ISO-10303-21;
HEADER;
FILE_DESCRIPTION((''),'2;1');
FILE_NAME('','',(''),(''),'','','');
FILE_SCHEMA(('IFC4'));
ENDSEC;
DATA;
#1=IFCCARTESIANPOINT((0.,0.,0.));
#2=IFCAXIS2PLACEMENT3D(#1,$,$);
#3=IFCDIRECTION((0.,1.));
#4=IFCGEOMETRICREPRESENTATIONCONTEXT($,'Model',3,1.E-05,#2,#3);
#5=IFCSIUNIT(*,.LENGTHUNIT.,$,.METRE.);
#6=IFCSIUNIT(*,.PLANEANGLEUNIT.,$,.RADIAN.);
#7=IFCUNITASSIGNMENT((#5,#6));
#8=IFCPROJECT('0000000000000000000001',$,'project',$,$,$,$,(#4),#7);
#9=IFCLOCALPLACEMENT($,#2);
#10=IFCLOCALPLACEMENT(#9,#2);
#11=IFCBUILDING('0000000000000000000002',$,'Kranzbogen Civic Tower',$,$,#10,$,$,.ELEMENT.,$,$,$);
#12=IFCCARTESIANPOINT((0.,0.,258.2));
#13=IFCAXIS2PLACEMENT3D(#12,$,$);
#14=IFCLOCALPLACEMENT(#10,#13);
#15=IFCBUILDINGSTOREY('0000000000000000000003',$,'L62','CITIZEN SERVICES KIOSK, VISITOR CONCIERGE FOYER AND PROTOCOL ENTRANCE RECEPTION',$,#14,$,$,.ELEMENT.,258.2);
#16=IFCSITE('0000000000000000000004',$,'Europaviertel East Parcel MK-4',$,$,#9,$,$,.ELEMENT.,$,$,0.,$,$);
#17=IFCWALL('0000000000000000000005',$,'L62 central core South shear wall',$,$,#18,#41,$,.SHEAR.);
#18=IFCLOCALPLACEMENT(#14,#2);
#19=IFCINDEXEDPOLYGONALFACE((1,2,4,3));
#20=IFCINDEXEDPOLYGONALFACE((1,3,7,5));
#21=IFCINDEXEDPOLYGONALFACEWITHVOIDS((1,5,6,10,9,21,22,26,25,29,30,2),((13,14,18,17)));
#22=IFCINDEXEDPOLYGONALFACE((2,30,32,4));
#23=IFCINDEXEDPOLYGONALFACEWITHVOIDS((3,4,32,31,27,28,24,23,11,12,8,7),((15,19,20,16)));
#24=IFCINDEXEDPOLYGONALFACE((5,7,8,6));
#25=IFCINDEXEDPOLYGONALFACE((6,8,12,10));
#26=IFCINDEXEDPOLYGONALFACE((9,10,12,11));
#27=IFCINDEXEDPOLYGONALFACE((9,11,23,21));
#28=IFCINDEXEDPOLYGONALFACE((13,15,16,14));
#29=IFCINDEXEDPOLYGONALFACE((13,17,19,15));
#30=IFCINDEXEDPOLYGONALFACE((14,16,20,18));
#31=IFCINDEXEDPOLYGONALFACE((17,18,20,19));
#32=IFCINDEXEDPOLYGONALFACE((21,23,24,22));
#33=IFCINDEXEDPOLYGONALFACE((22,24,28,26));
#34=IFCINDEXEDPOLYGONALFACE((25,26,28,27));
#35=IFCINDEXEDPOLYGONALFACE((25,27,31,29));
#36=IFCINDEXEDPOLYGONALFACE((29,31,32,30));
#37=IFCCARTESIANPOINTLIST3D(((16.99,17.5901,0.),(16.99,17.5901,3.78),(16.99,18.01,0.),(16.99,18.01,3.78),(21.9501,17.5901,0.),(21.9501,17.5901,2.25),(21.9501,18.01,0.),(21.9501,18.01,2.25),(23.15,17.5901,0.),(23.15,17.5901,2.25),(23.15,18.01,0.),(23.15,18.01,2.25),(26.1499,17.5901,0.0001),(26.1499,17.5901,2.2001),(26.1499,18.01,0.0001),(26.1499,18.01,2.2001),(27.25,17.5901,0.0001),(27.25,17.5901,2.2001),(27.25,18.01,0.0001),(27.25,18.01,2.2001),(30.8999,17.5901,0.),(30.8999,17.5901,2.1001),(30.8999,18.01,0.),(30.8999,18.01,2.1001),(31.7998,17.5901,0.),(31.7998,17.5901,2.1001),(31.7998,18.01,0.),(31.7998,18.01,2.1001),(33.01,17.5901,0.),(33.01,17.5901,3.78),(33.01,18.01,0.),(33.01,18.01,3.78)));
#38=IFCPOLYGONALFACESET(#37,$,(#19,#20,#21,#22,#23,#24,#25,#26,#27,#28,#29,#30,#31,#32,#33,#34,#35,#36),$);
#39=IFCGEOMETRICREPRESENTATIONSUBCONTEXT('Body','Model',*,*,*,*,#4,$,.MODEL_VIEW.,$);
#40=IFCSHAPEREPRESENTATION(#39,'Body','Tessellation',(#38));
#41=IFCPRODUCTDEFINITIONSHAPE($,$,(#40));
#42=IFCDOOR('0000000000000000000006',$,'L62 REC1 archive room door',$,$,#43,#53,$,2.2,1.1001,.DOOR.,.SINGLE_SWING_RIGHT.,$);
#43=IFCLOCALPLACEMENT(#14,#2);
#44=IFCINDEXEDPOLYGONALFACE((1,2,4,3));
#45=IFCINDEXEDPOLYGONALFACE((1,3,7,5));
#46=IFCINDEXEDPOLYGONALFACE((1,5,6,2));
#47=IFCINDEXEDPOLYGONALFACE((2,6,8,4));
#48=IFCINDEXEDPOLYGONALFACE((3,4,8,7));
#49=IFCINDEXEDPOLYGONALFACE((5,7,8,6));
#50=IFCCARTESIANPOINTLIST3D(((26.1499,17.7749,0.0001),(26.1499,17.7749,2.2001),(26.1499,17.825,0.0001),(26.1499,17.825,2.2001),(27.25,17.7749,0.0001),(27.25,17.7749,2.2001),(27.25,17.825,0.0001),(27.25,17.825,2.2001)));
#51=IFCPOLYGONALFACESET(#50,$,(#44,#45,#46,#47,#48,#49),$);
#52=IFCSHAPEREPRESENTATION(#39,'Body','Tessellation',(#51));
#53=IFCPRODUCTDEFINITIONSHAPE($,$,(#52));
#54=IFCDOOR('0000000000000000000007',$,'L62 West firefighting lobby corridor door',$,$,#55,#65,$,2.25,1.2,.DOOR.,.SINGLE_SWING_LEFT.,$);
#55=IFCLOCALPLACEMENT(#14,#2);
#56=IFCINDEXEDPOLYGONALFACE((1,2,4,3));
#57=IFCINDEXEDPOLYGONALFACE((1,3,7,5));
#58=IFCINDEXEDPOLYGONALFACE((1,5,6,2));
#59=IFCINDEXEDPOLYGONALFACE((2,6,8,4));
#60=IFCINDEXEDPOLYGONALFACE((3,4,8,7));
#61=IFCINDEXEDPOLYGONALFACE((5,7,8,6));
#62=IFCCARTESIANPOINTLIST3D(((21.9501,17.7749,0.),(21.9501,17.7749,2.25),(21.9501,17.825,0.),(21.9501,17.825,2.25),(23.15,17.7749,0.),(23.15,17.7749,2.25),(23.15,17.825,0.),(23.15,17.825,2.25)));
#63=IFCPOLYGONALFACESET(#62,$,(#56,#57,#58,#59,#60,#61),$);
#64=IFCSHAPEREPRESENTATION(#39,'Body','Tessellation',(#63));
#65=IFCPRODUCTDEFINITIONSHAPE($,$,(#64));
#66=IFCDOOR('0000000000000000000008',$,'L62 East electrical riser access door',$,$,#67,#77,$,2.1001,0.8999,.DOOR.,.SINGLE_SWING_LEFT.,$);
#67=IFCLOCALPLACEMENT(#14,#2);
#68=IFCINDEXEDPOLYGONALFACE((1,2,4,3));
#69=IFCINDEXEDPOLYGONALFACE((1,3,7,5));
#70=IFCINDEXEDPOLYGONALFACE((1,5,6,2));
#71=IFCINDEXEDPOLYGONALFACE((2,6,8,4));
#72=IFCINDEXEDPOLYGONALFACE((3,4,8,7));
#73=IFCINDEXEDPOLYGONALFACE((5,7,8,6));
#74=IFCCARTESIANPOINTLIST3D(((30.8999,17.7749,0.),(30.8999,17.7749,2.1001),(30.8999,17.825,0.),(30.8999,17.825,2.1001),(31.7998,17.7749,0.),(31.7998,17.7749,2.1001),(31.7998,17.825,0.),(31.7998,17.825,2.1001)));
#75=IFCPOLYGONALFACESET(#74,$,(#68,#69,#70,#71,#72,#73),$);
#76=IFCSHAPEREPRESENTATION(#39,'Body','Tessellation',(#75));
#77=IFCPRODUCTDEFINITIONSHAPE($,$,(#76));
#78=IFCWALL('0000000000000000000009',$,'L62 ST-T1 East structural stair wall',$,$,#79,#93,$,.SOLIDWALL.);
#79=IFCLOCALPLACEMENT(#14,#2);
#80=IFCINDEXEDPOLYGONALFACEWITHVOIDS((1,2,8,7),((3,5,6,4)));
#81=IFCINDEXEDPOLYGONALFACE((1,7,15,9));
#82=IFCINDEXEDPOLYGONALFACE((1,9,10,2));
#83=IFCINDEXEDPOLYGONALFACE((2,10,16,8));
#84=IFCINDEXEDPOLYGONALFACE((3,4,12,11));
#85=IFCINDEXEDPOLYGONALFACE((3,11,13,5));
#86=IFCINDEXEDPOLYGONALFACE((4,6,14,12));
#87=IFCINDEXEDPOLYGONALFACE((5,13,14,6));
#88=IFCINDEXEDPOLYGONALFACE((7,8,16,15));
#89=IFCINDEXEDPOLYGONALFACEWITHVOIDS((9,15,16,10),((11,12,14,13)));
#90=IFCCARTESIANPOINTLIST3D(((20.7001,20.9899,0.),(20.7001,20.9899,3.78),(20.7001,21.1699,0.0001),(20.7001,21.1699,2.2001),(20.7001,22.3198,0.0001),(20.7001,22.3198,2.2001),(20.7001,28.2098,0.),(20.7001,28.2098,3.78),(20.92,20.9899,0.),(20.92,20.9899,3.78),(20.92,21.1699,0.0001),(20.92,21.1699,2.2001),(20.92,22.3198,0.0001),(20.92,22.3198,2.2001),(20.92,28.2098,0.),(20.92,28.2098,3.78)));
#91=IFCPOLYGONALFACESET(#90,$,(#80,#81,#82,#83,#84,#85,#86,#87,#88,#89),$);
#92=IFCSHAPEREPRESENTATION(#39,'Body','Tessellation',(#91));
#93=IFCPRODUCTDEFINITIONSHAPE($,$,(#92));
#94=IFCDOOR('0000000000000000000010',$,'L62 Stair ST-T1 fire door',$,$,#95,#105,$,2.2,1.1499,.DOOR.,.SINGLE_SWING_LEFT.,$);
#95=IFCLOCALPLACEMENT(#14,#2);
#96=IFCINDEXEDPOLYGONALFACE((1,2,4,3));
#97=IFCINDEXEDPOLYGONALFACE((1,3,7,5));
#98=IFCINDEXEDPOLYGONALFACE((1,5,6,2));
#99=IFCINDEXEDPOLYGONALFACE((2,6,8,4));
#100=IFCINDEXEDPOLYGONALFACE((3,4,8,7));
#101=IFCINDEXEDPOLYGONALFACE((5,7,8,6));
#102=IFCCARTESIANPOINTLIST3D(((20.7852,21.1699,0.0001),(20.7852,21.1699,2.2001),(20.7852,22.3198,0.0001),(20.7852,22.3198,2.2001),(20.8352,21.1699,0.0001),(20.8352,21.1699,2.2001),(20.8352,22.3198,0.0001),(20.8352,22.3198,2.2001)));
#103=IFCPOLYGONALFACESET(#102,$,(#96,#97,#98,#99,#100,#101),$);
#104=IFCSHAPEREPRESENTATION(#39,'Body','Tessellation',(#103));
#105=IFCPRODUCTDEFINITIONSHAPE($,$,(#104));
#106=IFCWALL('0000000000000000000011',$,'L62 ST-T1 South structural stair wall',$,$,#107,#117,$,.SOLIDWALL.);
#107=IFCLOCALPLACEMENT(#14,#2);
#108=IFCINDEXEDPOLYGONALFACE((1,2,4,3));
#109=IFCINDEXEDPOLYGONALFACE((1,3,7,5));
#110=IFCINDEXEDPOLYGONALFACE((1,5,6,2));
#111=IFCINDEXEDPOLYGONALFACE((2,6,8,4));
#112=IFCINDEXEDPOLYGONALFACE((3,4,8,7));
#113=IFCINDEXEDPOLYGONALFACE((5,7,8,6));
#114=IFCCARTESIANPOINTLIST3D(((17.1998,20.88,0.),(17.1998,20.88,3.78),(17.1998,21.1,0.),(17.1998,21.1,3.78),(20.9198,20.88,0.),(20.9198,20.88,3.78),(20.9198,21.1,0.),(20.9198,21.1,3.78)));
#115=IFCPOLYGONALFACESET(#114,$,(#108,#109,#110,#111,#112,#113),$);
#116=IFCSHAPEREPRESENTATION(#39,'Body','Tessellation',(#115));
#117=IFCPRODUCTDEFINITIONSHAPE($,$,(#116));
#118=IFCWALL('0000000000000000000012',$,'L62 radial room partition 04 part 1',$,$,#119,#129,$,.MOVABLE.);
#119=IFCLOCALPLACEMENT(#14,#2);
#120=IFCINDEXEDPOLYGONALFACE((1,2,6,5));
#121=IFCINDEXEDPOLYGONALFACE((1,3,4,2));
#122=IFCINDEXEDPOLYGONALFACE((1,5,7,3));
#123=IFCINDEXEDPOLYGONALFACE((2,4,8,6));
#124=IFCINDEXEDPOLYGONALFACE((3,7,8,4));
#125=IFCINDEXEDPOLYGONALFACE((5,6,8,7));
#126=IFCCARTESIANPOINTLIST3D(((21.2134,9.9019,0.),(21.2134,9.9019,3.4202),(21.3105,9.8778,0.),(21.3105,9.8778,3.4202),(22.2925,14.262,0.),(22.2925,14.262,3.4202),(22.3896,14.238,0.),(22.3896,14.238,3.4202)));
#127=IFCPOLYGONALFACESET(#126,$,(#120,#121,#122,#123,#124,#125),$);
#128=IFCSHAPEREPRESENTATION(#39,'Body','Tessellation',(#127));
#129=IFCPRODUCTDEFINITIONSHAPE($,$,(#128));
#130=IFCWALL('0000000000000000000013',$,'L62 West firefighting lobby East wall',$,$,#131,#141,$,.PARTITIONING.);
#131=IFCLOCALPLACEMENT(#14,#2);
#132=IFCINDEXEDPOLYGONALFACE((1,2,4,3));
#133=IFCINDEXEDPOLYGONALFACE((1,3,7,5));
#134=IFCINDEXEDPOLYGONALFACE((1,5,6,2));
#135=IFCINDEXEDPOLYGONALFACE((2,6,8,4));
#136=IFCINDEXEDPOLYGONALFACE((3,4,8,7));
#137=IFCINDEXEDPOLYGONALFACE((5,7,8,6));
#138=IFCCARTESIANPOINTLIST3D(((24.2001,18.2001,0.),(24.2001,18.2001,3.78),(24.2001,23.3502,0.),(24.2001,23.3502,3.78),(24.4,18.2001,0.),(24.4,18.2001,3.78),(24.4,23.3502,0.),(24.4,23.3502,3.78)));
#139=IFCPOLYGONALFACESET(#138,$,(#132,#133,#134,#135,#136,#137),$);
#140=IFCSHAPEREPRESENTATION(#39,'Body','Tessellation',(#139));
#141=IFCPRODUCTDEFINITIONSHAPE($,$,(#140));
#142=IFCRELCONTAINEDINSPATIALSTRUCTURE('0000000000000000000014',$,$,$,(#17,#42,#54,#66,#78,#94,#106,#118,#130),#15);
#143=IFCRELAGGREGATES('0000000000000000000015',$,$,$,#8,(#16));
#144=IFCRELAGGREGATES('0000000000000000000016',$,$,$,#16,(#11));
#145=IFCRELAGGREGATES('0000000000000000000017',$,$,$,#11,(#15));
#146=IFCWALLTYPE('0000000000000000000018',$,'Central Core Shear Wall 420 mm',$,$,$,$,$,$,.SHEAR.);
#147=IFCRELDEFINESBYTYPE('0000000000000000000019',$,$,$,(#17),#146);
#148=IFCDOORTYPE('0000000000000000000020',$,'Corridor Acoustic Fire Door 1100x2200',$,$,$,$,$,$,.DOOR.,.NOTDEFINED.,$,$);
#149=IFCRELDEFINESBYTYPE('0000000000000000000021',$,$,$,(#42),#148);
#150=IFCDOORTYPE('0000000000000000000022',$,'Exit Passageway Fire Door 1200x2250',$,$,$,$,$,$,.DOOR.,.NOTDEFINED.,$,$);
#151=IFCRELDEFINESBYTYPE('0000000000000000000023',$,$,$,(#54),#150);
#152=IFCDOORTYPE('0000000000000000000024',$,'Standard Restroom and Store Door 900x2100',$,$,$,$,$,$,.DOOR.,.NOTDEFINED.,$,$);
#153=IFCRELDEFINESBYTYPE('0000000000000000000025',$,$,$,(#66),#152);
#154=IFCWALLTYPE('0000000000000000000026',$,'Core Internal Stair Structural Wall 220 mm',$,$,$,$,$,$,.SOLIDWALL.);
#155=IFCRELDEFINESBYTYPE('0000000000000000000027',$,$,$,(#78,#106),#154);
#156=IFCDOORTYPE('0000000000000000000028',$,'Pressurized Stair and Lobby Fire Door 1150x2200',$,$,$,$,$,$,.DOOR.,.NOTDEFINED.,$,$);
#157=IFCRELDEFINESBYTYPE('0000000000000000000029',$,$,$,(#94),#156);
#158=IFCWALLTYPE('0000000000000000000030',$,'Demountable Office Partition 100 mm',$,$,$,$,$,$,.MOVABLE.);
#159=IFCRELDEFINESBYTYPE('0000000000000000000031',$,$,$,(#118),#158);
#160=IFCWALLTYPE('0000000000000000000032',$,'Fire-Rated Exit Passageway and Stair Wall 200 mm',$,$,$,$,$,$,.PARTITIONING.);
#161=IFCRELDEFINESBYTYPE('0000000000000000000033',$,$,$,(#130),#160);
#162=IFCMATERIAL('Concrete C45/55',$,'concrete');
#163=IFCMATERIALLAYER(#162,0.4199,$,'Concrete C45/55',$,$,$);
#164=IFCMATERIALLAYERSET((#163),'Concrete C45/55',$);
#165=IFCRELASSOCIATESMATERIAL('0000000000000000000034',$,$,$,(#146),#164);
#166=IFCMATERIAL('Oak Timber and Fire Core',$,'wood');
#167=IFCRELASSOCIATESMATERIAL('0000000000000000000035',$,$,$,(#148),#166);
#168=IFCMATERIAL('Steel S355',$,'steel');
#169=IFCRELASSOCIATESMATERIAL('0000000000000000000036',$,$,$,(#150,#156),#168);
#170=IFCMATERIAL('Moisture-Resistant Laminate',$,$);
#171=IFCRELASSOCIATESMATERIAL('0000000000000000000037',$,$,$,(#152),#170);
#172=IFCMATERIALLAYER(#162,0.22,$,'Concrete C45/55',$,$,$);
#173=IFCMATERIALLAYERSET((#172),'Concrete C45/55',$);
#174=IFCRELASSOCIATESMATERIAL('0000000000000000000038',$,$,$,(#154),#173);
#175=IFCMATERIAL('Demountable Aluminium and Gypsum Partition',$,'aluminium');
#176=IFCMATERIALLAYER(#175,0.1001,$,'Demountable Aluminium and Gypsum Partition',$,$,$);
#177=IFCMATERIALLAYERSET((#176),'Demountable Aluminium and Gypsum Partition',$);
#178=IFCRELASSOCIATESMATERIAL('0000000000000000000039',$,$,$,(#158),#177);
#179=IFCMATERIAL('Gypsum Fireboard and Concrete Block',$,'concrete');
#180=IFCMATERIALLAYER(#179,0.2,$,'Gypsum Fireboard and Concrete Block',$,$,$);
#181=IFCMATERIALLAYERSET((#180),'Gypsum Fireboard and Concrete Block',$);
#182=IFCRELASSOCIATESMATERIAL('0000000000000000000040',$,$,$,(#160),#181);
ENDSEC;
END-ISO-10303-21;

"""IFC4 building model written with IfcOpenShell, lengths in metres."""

from ifc_helpers import new_model, si_unit, direction, frame, frame_2d, origin, place, context, subcontext, project, spatial, rectangle, extrude, material, layer, layer_set, type_object, element, fill, save


model = new_model("IFC4")

# Units and contexts
model_context = context("Model", 3, precision=1e-05, world=origin(), true_north=direction((0.0, 1.0)))
body_context = subcontext(model_context, "Body", "Model", "MODEL_VIEW")
ifc_project = project(units=[si_unit("LENGTHUNIT", "METRE"), si_unit("PLANEANGLEUNIT", "RADIAN")], contexts=[model_context])

# Site, building, storey
site_placement = place(None, origin())
site = spatial("IfcSite", under=ifc_project, at=site_placement, Name="Europaviertel East Parcel MK-4", CompositionType="ELEMENT", RefElevation=0.0)
building_placement = place(site_placement, origin())
building = spatial("IfcBuilding", under=site, at=building_placement, Name="Kranzbogen Civic Tower", CompositionType="ELEMENT")
storey_placement = place(building_placement, frame((0.0, 0.0, 258.2)))
storey = spatial("IfcBuildingStorey", under=building, at=storey_placement, Name="L62", Description="CITIZEN SERVICES KIOSK, VISITOR CONCIERGE FOYER AND PROTOCOL ENTRANCE RECEPTION", CompositionType="ELEMENT", Elevation=258.2)

# Shared definitions
ifc_material_1 = material(Name="Steel S355", Category="steel")

# Wall, openings, doors
ifc_material_2 = material(Name="Concrete C45/55", Category="concrete")
ifc_layer_1 = layer(ifc_material_2, 0.4199, Name="Concrete C45/55")
ifc_layer_set_1 = layer_set([ifc_layer_1], Name="Concrete C45/55")
wall_type_1 = type_object("IfcWallType", Name="Central Core Shear Wall 420 mm", PredefinedType="SHEAR", material=ifc_layer_set_1)
wall_1_placement = place(storey_placement, frame((16.99, 17.8, 0.0), z_axis=(0.0, 0.0, 1.0), x_axis=(1.0, 0.0, 0.0)))
wall_1 = element("IfcWall", 1, at=wall_1_placement, inside=storey, type_object=wall_type_1, Name="L62 central core South shear wall", PredefinedType="SHEAR", context=body_context, shape_type="SweptSolid", body=[
    extrude(rectangle(XDim=16.02, YDim=0.4199, at=frame_2d((8.01, 0.0))), origin(), (0.0, 0.0, 1.0), 3.78),
])
opening_1_placement = place(wall_1_placement, frame((4.96, 0.0, 0.0)))
opening_1 = element("IfcOpeningElement", 2, at=opening_1_placement, cuts=wall_1, PredefinedType="OPENING", context=body_context, shape_type="SweptSolid", body=[
    extrude(rectangle(XDim=1.2, YDim=2.25, at=frame_2d((0.6001, 1.125))), frame((0.0, 0.22, 0.0), z_axis=(0.0, -1.0, 0.0), x_axis=(1.0, 0.0, 0.0)), (0.0, 0.0, 1.0), 0.4399),
])
opening_2_placement = place(wall_1_placement, frame((13.9099, 0.0, 0.0)))
opening_2 = element("IfcOpeningElement", 3, at=opening_2_placement, cuts=wall_1, PredefinedType="OPENING", context=body_context, shape_type="SweptSolid", body=[
    extrude(rectangle(XDim=0.8999, YDim=2.1001, at=frame_2d((0.45, 1.05))), frame((0.0, 0.22, 0.0), z_axis=(0.0, -1.0, 0.0), x_axis=(1.0, 0.0, 0.0)), (0.0, 0.0, 1.0), 0.4399),
])
opening_3_placement = place(wall_1_placement, frame((9.1599, 0.0, 0.0)))
opening_3 = element("IfcOpeningElement", 4, at=opening_3_placement, cuts=wall_1, PredefinedType="OPENING", context=body_context, shape_type="SweptSolid", body=[
    extrude(rectangle(XDim=1.1001, YDim=2.2, at=frame_2d((0.55, 1.1001))), frame((0.0, 0.22, 0.0), z_axis=(0.0, -1.0, 0.0), x_axis=(1.0, 0.0, 0.0)), (0.0, 0.0, 1.0), 0.4399),
])
ifc_material_3 = material(Name="Oak Timber and Fire Core", Category="wood")
door_type_1 = type_object("IfcDoorType", Name="Corridor Acoustic Fire Door 1100x2200", OperationType="NOTDEFINED", PredefinedType="DOOR", material=ifc_material_3)
door_1_placement = place(opening_3_placement, origin())
door_1 = element("IfcDoor", 5, at=door_1_placement, inside=storey, type_object=door_type_1, Name="L62 REC1 archive room door", OperationType="SINGLE_SWING_RIGHT", OverallHeight=2.2, OverallWidth=1.1001, PredefinedType="DOOR", context=body_context, shape_type="SweptSolid", body=[
    extrude(rectangle(XDim=1.1001, YDim=2.2, at=frame_2d((0.55, 1.1001))), frame((0.0, 0.0249, 0.0), z_axis=(0.0, -1.0, 0.0), x_axis=(1.0, 0.0, 0.0)), (0.0, 0.0, 1.0), 0.05),
])
fill(opening_3, door_1)
door_type_2 = type_object("IfcDoorType", Name="Exit Passageway Fire Door 1200x2250", OperationType="NOTDEFINED", PredefinedType="DOOR", material=ifc_material_1)
door_2_placement = place(opening_1_placement, origin())
door_2 = element("IfcDoor", 6, at=door_2_placement, inside=storey, type_object=door_type_2, Name="L62 West firefighting lobby corridor door", OperationType="SINGLE_SWING_LEFT", OverallHeight=2.25, OverallWidth=1.2, PredefinedType="DOOR", context=body_context, shape_type="SweptSolid", body=[
    extrude(rectangle(XDim=1.2, YDim=2.25, at=frame_2d((0.6001, 1.125))), frame((0.0, 0.0249, 0.0), z_axis=(0.0, -1.0, 0.0), x_axis=(1.0, 0.0, 0.0)), (0.0, 0.0, 1.0), 0.05),
])
fill(opening_1, door_2)
ifc_material_4 = material(Name="Moisture-Resistant Laminate")
door_type_3 = type_object("IfcDoorType", Name="Standard Restroom and Store Door 900x2100", OperationType="NOTDEFINED", PredefinedType="DOOR", material=ifc_material_4)
door_3_placement = place(opening_2_placement, origin())
door_3 = element("IfcDoor", 7, at=door_3_placement, inside=storey, type_object=door_type_3, Name="L62 East electrical riser access door", OperationType="SINGLE_SWING_LEFT", OverallHeight=2.1001, OverallWidth=0.8999, PredefinedType="DOOR", context=body_context, shape_type="SweptSolid", body=[
    extrude(rectangle(XDim=0.8999, YDim=2.1001, at=frame_2d((0.45, 1.05))), frame((0.0, 0.0249, 0.0), z_axis=(0.0, -1.0, 0.0), x_axis=(1.0, 0.0, 0.0)), (0.0, 0.0, 1.0), 0.05),
])
fill(opening_2, door_3)

# Wall, opening, door
ifc_layer_2 = layer(ifc_material_2, 0.22, Name="Concrete C45/55")
ifc_layer_set_2 = layer_set([ifc_layer_2], Name="Concrete C45/55")
wall_type_2 = type_object("IfcWallType", Name="Core Internal Stair Structural Wall 220 mm", PredefinedType="SOLIDWALL", material=ifc_layer_set_2)
wall_2_placement = place(storey_placement, frame((20.8101, 20.99, 0.0), z_axis=(0.0, 0.0, 1.0), x_axis=(0.0, 1.0, 0.0)))
wall_2 = element("IfcWall", 8, at=wall_2_placement, inside=storey, type_object=wall_type_2, Name="L62 ST-T1 East structural stair wall", PredefinedType="SOLIDWALL", context=body_context, shape_type="SweptSolid", body=[
    extrude(rectangle(XDim=7.22, YDim=0.22, at=frame_2d((3.6099, 0.0))), origin(), (0.0, 0.0, 1.0), 3.78),
])
opening_4_placement = place(wall_2_placement, frame((0.1799, 0.0, 0.0)))
opening_4 = element("IfcOpeningElement", 9, at=opening_4_placement, cuts=wall_2, PredefinedType="OPENING", context=body_context, shape_type="SweptSolid", body=[
    extrude(rectangle(XDim=1.1499, YDim=2.2, at=frame_2d((0.575, 1.1001))), frame((0.0, 0.1201, 0.0), z_axis=(0.0, -1.0, 0.0), x_axis=(1.0, 0.0, 0.0)), (0.0, 0.0, 1.0), 0.24),
])
door_type_4 = type_object("IfcDoorType", Name="Pressurized Stair and Lobby Fire Door 1150x2200", OperationType="NOTDEFINED", PredefinedType="DOOR", material=ifc_material_1)
door_4_placement = place(opening_4_placement, origin())
door_4 = element("IfcDoor", 10, at=door_4_placement, inside=storey, type_object=door_type_4, Name="L62 Stair ST-T1 fire door", OperationType="SINGLE_SWING_LEFT", OverallHeight=2.2, OverallWidth=1.1499, PredefinedType="DOOR", context=body_context, shape_type="SweptSolid", body=[
    extrude(rectangle(XDim=1.1499, YDim=2.2, at=frame_2d((0.575, 1.1001))), frame((0.0, 0.0249, 0.0), z_axis=(0.0, -1.0, 0.0), x_axis=(1.0, 0.0, 0.0)), (0.0, 0.0, 1.0), 0.05),
])
fill(opening_4, door_4)

# Walls
wall_3_placement = place(storey_placement, frame((17.2, 20.99, 0.0), z_axis=(0.0, 0.0, 1.0), x_axis=(1.0, 0.0, 0.0)))
element("IfcWall", 11, at=wall_3_placement, inside=storey, type_object=wall_type_2, Name="L62 ST-T1 South structural stair wall", PredefinedType="SOLIDWALL", context=body_context, shape_type="SweptSolid", body=[
    extrude(rectangle(XDim=3.72, YDim=0.22, at=frame_2d((1.8599, 0.0))), origin(), (0.0, 0.0, 1.0), 3.78),
])
ifc_material_5 = material(Name="Demountable Aluminium and Gypsum Partition", Category="aluminium")
ifc_layer_3 = layer(ifc_material_5, 0.1001, Name="Demountable Aluminium and Gypsum Partition")
ifc_layer_set_3 = layer_set([ifc_layer_3], Name="Demountable Aluminium and Gypsum Partition")
wall_type_3 = type_object("IfcWallType", Name="Demountable Office Partition 100 mm", PredefinedType="MOVABLE", material=ifc_layer_set_3)
wall_4_placement = place(storey_placement, frame((22.3411, 14.25, 0.0), z_axis=(0.0, 0.0, 1.0), x_axis=(-0.240246, -0.970712, 0.0)))
element("IfcWall", 12, at=wall_4_placement, inside=storey, type_object=wall_type_3, Name="L62 radial room partition 04 part 1", PredefinedType="MOVABLE", context=body_context, shape_type="SweptSolid", body=[
    extrude(rectangle(XDim=4.4917, YDim=0.1001, at=frame_2d((2.2458, 0.0))), origin(), (0.0, 0.0, 1.0), 3.4202),
])
ifc_material_6 = material(Name="Gypsum Fireboard and Concrete Block", Category="concrete")
ifc_layer_4 = layer(ifc_material_6, 0.2, Name="Gypsum Fireboard and Concrete Block")
ifc_layer_set_4 = layer_set([ifc_layer_4], Name="Gypsum Fireboard and Concrete Block")
wall_type_4 = type_object("IfcWallType", Name="Fire-Rated Exit Passageway and Stair Wall 200 mm", PredefinedType="PARTITIONING", material=ifc_layer_set_4)
wall_5_placement = place(storey_placement, frame((24.3, 18.2, 0.0), z_axis=(0.0, 0.0, 1.0), x_axis=(0.0, 1.0, 0.0)))
element("IfcWall", 13, at=wall_5_placement, inside=storey, type_object=wall_type_4, Name="L62 West firefighting lobby East wall", PredefinedType="PARTITIONING", context=body_context, shape_type="SweptSolid", body=[
    extrude(rectangle(XDim=5.1501, YDim=0.2, at=frame_2d((2.5752, 0.0))), origin(), (0.0, 0.0, 1.0), 3.78),
])

save(model, "model.ifc")
